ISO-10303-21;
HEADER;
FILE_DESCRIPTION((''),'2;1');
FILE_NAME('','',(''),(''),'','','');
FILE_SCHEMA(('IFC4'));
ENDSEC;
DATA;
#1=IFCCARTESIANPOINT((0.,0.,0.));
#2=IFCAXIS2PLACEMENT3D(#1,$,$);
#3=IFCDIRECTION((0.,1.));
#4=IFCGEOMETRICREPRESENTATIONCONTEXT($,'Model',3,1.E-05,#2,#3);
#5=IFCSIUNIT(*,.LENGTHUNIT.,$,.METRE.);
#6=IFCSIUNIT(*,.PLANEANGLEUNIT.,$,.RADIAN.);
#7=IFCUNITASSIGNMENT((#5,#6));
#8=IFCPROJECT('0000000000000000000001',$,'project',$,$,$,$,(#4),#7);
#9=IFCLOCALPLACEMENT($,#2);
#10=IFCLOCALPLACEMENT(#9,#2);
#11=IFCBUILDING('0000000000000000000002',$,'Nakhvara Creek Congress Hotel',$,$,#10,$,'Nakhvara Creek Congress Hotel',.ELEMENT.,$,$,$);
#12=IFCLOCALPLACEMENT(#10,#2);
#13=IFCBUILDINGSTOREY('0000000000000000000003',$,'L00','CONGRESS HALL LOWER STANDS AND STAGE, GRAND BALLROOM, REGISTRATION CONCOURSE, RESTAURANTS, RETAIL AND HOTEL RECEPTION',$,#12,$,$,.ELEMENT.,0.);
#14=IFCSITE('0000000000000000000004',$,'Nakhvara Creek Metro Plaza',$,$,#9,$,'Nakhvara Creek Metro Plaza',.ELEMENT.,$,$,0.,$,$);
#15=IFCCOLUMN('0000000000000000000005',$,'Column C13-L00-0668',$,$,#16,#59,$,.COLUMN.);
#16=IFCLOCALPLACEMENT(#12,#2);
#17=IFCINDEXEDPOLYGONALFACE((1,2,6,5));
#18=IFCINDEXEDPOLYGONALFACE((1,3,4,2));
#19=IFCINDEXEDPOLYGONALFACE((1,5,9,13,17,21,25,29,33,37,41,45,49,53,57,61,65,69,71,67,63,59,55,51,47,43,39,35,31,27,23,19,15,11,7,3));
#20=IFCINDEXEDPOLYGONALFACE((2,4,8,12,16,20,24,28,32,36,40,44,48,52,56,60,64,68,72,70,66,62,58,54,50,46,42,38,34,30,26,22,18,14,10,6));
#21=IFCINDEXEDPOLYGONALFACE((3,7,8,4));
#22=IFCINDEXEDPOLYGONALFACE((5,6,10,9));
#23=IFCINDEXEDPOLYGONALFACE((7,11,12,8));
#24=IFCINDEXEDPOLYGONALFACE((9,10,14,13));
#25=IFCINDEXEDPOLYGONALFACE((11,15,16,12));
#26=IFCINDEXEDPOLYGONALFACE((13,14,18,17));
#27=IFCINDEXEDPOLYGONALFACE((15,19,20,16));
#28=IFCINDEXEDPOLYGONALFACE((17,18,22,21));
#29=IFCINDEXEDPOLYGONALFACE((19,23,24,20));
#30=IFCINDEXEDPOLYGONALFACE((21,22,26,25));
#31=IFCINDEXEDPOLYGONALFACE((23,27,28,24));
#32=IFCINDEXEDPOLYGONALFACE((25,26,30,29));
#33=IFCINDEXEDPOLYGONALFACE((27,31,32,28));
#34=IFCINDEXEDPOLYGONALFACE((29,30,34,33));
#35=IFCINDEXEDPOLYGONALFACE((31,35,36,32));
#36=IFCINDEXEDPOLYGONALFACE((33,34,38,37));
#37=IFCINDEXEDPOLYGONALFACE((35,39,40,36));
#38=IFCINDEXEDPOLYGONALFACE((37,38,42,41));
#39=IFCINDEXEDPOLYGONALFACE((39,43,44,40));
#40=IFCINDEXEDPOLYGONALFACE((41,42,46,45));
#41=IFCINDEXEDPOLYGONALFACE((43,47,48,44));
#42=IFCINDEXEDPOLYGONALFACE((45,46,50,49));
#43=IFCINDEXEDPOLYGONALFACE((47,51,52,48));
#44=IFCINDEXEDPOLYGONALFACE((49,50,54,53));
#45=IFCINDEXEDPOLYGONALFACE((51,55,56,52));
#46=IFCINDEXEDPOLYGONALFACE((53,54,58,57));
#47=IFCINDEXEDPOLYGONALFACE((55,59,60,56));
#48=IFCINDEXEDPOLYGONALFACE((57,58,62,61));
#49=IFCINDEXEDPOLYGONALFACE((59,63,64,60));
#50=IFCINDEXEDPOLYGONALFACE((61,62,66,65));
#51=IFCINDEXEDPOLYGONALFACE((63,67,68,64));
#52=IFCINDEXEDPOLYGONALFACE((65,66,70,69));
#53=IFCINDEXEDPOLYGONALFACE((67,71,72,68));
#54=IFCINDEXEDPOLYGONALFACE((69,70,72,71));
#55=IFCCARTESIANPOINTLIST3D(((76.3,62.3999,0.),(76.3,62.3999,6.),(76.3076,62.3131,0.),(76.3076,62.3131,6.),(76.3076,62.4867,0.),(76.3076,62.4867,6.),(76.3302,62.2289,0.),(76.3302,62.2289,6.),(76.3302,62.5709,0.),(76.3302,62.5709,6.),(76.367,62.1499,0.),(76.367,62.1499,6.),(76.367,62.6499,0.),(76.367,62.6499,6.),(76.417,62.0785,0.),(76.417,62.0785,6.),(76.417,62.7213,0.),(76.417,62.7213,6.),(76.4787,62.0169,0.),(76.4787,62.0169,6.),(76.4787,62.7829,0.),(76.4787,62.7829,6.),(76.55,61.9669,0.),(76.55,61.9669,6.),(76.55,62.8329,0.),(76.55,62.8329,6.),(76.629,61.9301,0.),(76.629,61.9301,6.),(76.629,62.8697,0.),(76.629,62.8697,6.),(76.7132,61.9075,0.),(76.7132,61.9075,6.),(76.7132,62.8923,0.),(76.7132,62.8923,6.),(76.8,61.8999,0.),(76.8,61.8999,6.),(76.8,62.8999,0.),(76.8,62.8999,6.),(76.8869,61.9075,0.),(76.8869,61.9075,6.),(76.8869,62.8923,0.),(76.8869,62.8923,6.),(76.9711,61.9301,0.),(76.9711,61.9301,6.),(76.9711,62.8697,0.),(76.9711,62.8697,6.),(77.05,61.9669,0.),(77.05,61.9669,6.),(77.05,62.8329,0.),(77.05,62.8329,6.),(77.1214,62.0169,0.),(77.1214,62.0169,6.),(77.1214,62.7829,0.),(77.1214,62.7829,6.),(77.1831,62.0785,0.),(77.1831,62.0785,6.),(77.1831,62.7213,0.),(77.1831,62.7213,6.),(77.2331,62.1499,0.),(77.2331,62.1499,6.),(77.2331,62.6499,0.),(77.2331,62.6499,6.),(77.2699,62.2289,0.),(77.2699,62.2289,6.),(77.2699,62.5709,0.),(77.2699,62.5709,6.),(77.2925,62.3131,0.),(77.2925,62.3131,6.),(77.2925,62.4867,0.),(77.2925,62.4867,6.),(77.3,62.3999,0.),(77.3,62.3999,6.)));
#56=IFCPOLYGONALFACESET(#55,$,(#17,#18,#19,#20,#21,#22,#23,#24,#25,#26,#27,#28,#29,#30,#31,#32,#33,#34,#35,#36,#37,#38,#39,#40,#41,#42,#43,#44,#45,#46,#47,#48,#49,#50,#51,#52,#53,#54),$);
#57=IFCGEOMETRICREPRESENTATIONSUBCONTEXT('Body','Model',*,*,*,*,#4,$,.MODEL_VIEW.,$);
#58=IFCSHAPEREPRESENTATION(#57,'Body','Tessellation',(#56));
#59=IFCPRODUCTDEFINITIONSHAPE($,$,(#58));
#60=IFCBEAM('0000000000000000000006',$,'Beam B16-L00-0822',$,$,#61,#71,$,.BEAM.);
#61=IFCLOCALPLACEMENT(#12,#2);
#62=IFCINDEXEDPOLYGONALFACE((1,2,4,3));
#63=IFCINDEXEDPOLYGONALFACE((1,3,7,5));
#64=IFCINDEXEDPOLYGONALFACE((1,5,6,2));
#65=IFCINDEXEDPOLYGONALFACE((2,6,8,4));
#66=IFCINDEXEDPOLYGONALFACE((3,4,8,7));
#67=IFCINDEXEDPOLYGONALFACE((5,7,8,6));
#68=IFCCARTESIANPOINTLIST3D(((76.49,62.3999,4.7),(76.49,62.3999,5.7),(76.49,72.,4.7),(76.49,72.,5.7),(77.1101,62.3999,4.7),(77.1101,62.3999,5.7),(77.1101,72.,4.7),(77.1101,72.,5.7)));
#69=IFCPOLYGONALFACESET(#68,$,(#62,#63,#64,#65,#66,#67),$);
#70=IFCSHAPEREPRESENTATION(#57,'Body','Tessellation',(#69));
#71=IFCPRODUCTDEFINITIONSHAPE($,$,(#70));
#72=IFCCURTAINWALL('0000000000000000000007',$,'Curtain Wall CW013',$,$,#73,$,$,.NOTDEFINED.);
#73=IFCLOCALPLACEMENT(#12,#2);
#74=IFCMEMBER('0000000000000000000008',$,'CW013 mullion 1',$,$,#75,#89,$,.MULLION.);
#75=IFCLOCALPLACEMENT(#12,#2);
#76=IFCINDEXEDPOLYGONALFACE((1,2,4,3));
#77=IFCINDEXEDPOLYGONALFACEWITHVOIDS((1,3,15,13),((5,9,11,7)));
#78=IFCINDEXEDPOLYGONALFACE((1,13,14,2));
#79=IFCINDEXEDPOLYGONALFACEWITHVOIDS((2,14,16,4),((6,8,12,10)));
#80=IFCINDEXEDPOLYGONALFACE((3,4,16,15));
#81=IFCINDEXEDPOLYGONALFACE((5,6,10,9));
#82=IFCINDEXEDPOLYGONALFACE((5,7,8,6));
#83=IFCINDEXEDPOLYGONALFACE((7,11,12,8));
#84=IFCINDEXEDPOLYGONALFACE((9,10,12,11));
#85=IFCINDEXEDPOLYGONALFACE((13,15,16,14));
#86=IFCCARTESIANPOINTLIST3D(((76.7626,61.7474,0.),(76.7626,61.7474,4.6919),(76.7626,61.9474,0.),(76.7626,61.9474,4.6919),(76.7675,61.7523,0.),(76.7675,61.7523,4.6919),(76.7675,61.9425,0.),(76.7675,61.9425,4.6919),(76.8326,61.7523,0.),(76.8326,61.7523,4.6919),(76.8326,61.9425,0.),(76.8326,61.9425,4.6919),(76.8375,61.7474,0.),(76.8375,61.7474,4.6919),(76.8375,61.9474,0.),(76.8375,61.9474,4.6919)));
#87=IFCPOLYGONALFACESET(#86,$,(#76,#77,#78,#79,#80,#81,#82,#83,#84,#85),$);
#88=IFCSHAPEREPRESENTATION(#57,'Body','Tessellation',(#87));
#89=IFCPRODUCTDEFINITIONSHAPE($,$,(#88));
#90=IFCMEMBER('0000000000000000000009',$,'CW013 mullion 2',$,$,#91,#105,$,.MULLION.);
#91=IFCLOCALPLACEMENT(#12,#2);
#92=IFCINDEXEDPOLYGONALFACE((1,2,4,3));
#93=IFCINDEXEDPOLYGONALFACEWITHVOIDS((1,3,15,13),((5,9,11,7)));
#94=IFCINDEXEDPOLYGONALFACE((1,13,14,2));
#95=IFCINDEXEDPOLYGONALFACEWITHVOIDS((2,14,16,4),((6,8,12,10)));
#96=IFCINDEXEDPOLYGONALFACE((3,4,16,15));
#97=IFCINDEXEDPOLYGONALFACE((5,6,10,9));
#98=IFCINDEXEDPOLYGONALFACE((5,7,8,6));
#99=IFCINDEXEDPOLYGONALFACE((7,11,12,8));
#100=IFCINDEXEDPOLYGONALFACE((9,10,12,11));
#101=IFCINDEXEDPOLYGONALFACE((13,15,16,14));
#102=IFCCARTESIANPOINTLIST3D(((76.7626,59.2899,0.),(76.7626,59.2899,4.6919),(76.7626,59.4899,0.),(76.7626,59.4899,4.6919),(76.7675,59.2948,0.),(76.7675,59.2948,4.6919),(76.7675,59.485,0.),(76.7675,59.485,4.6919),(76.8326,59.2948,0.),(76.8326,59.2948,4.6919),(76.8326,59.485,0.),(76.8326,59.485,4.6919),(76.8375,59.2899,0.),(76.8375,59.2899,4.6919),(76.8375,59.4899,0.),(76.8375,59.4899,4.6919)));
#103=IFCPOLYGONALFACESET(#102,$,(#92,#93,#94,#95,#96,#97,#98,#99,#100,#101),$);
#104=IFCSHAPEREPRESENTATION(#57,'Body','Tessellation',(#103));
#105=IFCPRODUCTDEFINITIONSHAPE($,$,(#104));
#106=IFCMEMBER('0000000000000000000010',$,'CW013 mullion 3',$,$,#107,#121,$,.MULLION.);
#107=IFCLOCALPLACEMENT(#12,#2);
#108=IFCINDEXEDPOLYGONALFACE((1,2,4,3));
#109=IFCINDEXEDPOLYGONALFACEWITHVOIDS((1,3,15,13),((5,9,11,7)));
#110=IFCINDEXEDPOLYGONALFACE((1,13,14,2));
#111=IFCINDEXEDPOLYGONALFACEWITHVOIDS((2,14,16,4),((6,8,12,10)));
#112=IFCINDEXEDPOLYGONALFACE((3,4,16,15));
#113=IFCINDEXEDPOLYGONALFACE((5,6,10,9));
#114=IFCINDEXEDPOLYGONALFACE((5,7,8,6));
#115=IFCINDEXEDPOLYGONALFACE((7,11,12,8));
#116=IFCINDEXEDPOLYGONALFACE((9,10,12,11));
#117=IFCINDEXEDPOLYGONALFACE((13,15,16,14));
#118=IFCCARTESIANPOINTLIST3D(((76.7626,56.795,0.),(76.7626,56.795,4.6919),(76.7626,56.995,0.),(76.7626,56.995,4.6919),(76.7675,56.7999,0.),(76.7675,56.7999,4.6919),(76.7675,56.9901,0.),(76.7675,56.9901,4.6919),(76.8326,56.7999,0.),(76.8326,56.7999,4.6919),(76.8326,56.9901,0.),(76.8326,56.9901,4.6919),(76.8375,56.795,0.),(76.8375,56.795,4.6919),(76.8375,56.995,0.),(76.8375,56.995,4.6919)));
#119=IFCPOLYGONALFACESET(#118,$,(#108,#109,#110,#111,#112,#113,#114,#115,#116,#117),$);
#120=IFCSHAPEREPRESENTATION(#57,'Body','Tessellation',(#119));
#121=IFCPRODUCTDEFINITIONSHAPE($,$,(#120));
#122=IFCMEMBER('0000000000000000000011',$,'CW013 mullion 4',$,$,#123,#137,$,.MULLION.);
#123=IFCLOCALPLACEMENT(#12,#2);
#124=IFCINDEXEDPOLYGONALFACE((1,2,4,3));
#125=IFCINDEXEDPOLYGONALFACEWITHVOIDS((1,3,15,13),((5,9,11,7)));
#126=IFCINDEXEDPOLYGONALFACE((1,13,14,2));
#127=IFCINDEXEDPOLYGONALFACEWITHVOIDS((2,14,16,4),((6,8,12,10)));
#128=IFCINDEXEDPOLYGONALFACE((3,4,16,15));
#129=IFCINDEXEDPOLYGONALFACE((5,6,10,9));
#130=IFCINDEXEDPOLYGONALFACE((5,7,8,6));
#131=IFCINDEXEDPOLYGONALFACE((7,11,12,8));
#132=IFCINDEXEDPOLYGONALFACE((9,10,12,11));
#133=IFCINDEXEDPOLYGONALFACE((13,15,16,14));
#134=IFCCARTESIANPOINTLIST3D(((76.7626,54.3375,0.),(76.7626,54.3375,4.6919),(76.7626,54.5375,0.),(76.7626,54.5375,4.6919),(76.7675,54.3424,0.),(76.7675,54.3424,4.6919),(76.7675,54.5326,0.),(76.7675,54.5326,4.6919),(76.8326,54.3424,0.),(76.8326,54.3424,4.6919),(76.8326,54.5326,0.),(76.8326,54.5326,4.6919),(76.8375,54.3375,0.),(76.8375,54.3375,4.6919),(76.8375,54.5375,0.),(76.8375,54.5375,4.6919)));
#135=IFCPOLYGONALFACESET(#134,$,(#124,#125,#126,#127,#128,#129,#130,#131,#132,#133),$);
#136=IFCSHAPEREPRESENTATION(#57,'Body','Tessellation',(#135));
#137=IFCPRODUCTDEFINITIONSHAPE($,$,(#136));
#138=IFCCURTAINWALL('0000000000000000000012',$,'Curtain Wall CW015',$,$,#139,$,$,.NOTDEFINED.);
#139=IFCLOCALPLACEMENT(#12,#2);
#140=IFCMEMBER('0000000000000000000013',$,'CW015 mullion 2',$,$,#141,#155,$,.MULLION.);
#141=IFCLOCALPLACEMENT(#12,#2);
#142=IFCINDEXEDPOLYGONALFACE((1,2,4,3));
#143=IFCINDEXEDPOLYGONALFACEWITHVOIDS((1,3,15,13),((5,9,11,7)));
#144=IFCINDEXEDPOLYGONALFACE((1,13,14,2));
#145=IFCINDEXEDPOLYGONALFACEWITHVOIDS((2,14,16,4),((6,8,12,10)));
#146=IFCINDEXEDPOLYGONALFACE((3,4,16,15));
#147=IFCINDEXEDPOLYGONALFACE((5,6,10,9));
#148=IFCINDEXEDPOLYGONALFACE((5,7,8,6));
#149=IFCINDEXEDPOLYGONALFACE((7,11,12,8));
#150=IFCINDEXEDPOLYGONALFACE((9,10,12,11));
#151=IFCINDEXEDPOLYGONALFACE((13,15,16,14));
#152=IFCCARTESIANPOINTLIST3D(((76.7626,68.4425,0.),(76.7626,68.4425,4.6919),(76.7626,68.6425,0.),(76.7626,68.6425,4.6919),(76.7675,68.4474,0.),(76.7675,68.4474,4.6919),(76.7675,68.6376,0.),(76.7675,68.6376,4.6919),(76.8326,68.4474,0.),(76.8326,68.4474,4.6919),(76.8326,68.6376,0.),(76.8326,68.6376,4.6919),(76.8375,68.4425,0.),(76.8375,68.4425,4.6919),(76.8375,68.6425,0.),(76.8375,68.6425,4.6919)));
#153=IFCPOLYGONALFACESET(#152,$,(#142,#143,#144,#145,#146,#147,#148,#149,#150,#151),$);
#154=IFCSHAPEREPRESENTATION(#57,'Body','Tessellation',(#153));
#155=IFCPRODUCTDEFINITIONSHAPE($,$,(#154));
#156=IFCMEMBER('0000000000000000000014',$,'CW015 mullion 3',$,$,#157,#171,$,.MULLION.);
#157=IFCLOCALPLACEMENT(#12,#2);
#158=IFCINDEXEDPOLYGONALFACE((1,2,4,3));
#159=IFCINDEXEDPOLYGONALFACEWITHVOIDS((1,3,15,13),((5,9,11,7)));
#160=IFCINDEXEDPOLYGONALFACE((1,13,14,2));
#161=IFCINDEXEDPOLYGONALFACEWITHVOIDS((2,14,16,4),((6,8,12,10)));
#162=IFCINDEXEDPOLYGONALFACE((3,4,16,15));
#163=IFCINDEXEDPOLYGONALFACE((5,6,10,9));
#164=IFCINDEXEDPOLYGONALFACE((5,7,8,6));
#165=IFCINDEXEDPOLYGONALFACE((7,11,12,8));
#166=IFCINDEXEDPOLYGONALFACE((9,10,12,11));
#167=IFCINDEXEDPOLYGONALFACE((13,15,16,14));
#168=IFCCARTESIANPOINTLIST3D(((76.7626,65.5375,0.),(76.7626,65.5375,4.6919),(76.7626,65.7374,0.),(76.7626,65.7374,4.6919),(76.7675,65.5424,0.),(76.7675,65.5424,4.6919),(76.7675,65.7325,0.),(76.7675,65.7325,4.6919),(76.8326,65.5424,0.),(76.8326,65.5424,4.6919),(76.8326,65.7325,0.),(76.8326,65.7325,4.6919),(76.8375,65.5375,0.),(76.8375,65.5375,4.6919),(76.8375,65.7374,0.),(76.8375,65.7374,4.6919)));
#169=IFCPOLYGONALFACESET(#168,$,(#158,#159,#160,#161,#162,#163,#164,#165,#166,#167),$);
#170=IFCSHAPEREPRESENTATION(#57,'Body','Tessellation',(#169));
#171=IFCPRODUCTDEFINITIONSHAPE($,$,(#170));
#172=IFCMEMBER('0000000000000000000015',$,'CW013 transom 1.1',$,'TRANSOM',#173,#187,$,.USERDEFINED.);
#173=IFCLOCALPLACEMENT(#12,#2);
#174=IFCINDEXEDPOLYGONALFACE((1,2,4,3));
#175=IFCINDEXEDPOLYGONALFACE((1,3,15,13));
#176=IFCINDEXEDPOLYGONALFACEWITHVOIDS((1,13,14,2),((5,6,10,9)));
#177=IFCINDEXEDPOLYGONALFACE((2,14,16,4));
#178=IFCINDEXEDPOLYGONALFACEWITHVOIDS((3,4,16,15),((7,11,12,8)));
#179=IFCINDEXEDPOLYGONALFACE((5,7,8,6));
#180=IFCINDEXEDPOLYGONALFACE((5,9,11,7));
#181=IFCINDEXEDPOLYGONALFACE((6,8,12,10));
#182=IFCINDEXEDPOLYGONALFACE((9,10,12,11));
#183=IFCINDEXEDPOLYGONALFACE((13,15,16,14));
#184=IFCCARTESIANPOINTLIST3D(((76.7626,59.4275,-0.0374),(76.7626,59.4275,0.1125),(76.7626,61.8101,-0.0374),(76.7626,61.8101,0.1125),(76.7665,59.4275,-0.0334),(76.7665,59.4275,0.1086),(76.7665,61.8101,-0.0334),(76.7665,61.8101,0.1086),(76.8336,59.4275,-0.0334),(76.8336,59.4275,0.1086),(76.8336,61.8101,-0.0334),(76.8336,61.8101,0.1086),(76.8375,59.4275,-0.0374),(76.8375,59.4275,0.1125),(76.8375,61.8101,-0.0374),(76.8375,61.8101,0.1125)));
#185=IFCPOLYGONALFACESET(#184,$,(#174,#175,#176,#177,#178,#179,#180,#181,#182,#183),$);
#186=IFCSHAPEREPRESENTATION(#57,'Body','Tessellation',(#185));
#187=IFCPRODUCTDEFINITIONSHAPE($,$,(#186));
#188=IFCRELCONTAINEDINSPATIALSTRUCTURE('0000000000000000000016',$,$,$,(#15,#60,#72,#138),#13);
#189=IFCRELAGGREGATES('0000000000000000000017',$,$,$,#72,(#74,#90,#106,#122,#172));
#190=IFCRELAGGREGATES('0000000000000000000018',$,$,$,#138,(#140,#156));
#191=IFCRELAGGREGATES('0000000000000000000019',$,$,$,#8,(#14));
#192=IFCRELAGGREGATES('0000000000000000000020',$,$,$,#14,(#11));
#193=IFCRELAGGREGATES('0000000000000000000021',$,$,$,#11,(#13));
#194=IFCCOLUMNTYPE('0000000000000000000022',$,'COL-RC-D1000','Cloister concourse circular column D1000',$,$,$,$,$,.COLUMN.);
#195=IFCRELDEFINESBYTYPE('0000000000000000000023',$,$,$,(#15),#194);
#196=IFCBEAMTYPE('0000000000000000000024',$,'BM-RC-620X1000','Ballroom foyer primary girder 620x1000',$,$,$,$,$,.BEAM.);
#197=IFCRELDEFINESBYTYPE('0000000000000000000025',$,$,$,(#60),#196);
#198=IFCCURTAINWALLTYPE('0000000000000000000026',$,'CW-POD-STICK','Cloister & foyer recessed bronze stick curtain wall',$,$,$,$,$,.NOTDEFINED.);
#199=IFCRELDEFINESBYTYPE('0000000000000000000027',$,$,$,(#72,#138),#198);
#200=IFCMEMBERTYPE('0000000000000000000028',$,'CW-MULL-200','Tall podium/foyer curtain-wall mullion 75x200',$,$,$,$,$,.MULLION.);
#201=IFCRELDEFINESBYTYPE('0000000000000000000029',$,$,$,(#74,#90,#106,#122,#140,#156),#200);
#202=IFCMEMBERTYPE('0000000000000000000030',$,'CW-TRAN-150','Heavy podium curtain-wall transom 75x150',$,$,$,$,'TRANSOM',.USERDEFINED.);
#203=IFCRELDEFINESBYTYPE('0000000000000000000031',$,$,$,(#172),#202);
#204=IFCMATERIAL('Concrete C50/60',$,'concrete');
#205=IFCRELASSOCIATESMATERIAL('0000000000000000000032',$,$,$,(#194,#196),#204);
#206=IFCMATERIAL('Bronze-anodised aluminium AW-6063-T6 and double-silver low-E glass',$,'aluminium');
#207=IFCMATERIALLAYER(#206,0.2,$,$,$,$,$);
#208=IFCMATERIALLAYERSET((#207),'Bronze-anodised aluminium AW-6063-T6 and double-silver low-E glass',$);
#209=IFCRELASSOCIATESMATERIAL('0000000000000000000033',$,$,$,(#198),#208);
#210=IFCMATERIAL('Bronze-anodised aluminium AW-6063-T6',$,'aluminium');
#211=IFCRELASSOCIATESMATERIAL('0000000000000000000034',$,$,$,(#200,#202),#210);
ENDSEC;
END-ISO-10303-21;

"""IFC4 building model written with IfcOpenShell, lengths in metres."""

from ifc_helpers import new_model, si_unit, direction, frame, origin, origin_2d, place, context, subcontext, project, spatial, rectangle, hollow_rectangle, circle, extrude, material, layer, layer_set, material_profile, profile_set, type_object, element, aggregate, save


model = new_model("IFC4")

# Units and contexts
model_context = context("Model", 3, precision=1e-05, world=origin(), true_north=direction((0.0, 1.0)))
body_context = subcontext(model_context, "Body", "Model", "MODEL_VIEW")
ifc_project = project(units=[si_unit("LENGTHUNIT", "METRE"), si_unit("PLANEANGLEUNIT", "RADIAN")], contexts=[model_context])

# Site, building, storey
site_placement = place(None, origin())
site = spatial("IfcSite", under=ifc_project, at=site_placement, Name="Nakhvara Creek Metro Plaza", LongName="Nakhvara Creek Metro Plaza", CompositionType="ELEMENT", RefElevation=0.0)
building_placement = place(site_placement, origin())
building = spatial("IfcBuilding", under=site, at=building_placement, Name="Nakhvara Creek Congress Hotel", LongName="Nakhvara Creek Congress Hotel", CompositionType="ELEMENT")
storey_placement = place(building_placement, origin())
storey = spatial("IfcBuildingStorey", under=building, at=storey_placement, Name="L00", Description="CONGRESS HALL LOWER STANDS AND STAGE, GRAND BALLROOM, REGISTRATION CONCOURSE, RESTAURANTS, RETAIL AND HOTEL RECEPTION", CompositionType="ELEMENT", Elevation=0.0)

# Column
ifc_material_1 = material(Name="Concrete C50/60", Category="concrete")
ifc_material_profile_1 = material_profile(ifc_material_1, circle(Radius=0.5, at=origin_2d()), Name="RC-COL D1000", Category="LoadBearing")
ifc_profile_set_1 = profile_set([ifc_material_profile_1], Name="Concrete C50/60")
column_type = type_object("IfcColumnType", Name="COL-RC-D1000", Description="Cloister concourse circular column D1000", PredefinedType="COLUMN", material=ifc_profile_set_1)
column_placement = place(storey_placement, frame((76.8, 62.3999, 0.0), z_axis=(0.0, 0.0, 1.0), x_axis=(1.0, 0.0, 0.0)))
element("IfcColumn", 1, at=column_placement, inside=storey, type_object=column_type, Name="Column C13-L00-0668", PredefinedType="COLUMN", context=body_context, shape_type="SweptSolid", body=[
    extrude(circle(Radius=0.5, at=origin_2d()), origin(), (0.0, 0.0, 1.0), 6.0),
])

# Beam
ifc_material_profile_2 = material_profile(ifc_material_1, rectangle(XDim=0.6201, YDim=1.0, at=origin_2d()), Name="RC-BM 620x1000", Category="LoadBearing")
ifc_profile_set_2 = profile_set([ifc_material_profile_2], Name="Concrete C50/60")
beam_type = type_object("IfcBeamType", Name="BM-RC-620X1000", Description="Ballroom foyer primary girder 620x1000", PredefinedType="BEAM", material=ifc_profile_set_2)
beam_placement = place(storey_placement, frame((76.8, 62.3999, 5.2), z_axis=(0.0, 1.0, 0.0), x_axis=(-1.0, 0.0, 0.0)))
element("IfcBeam", 2, at=beam_placement, inside=storey, type_object=beam_type, Name="Beam B16-L00-0822", PredefinedType="BEAM", context=body_context, shape_type="SweptSolid", body=[
    extrude(rectangle(XDim=0.6201, YDim=1.0, at=origin_2d()), origin(), (0.0, 0.0, 1.0), 9.6001),
])

# Curtain walls, members
ifc_material_2 = material(Name="Bronze-anodised aluminium AW-6063-T6 and double-silver low-E glass", Category="aluminium")
ifc_layer = layer(ifc_material_2, 0.2)
ifc_layer_set = layer_set([ifc_layer], Name="Bronze-anodised aluminium AW-6063-T6 and double-silver low-E glass")
curtain_wall_type = type_object("IfcCurtainWallType", Name="CW-POD-STICK", Description="Cloister & foyer recessed bronze stick curtain wall", PredefinedType="NOTDEFINED", material=ifc_layer_set)
curtain_wall_1_placement = place(storey_placement, origin())
curtain_wall_1 = element("IfcCurtainWall", 3, at=curtain_wall_1_placement, inside=storey, type_object=curtain_wall_type, Name="Curtain Wall CW013", PredefinedType="NOTDEFINED")
ifc_material_3 = material(Name="Bronze-anodised aluminium AW-6063-T6", Category="aluminium")
ifc_material_profile_3 = material_profile(ifc_material_3, hollow_rectangle(XDim=0.075, YDim=0.2, WallThickness=0.0049, at=origin_2d()), Name="ALU-MULL 75x200x5", Category="LoadBearing")
ifc_profile_set_3 = profile_set([ifc_material_profile_3], Name="Bronze-anodised aluminium AW-6063-T6")
member_type_1 = type_object("IfcMemberType", Name="CW-MULL-200", Description="Tall podium/foyer curtain-wall mullion 75x200", PredefinedType="MULLION", material=ifc_profile_set_3)
member_1_placement = place(storey_placement, frame((76.8, 61.8474, 0.0), z_axis=(0.0, 0.0, 1.0), x_axis=(1.0, 0.0, 0.0)))
member_1 = element("IfcMember", 4, at=member_1_placement, type_object=member_type_1, Name="CW013 mullion 1", PredefinedType="MULLION", context=body_context, shape_type="SweptSolid", body=[
    extrude(hollow_rectangle(XDim=0.075, YDim=0.2, WallThickness=0.0049, at=origin_2d()), origin(), (0.0, 0.0, 1.0), 4.6919),
])
member_2_placement = place(storey_placement, frame((76.8, 59.3899, 0.0), z_axis=(0.0, 0.0, 1.0), x_axis=(1.0, 0.0, 0.0)))
member_2 = element("IfcMember", 5, at=member_2_placement, type_object=member_type_1, Name="CW013 mullion 2", PredefinedType="MULLION", context=body_context, shape_type="SweptSolid", body=[
    extrude(hollow_rectangle(XDim=0.075, YDim=0.2, WallThickness=0.0049, at=origin_2d()), origin(), (0.0, 0.0, 1.0), 4.6919),
])
member_3_placement = place(storey_placement, frame((76.8, 56.895, 0.0), z_axis=(0.0, 0.0, 1.0), x_axis=(1.0, 0.0, 0.0)))
member_3 = element("IfcMember", 6, at=member_3_placement, type_object=member_type_1, Name="CW013 mullion 3", PredefinedType="MULLION", context=body_context, shape_type="SweptSolid", body=[
    extrude(hollow_rectangle(XDim=0.075, YDim=0.2, WallThickness=0.0049, at=origin_2d()), origin(), (0.0, 0.0, 1.0), 4.6919),
])
member_4_placement = place(storey_placement, frame((76.8, 54.4375, 0.0), z_axis=(0.0, 0.0, 1.0), x_axis=(1.0, 0.0, 0.0)))
member_4 = element("IfcMember", 7, at=member_4_placement, type_object=member_type_1, Name="CW013 mullion 4", PredefinedType="MULLION", context=body_context, shape_type="SweptSolid", body=[
    extrude(hollow_rectangle(XDim=0.075, YDim=0.2, WallThickness=0.0049, at=origin_2d()), origin(), (0.0, 0.0, 1.0), 4.6919),
])
curtain_wall_2_placement = place(storey_placement, origin())
curtain_wall_2 = element("IfcCurtainWall", 8, at=curtain_wall_2_placement, inside=storey, type_object=curtain_wall_type, Name="Curtain Wall CW015", PredefinedType="NOTDEFINED")
member_5_placement = place(storey_placement, frame((76.8, 68.5425, 0.0), z_axis=(0.0, 0.0, 1.0), x_axis=(1.0, 0.0, 0.0)))
member_5 = element("IfcMember", 9, at=member_5_placement, type_object=member_type_1, Name="CW015 mullion 2", PredefinedType="MULLION", context=body_context, shape_type="SweptSolid", body=[
    extrude(hollow_rectangle(XDim=0.075, YDim=0.2, WallThickness=0.0049, at=origin_2d()), origin(), (0.0, 0.0, 1.0), 4.6919),
])
member_6_placement = place(storey_placement, frame((76.8, 65.6375, 0.0), z_axis=(0.0, 0.0, 1.0), x_axis=(1.0, 0.0, 0.0)))
member_6 = element("IfcMember", 10, at=member_6_placement, type_object=member_type_1, Name="CW015 mullion 3", PredefinedType="MULLION", context=body_context, shape_type="SweptSolid", body=[
    extrude(hollow_rectangle(XDim=0.075, YDim=0.2, WallThickness=0.0049, at=origin_2d()), origin(), (0.0, 0.0, 1.0), 4.6919),
])

# Member
ifc_material_profile_4 = material_profile(ifc_material_3, hollow_rectangle(XDim=0.075, YDim=0.1499, WallThickness=0.0039, at=origin_2d()), Name="ALU-TRAN 75x150x4", Category="LoadBearing")
ifc_profile_set_4 = profile_set([ifc_material_profile_4], Name="Bronze-anodised aluminium AW-6063-T6")
member_type_2 = type_object("IfcMemberType", Name="CW-TRAN-150", Description="Heavy podium curtain-wall transom 75x150", ElementType="TRANSOM", PredefinedType="USERDEFINED", material=ifc_profile_set_4)
member_7_placement = place(storey_placement, frame((76.8, 61.8101, 0.0376), z_axis=(0.0, -1.0, 0.0), x_axis=(1.0, 0.0, 0.0)))
member_7 = element("IfcMember", 11, at=member_7_placement, type_object=member_type_2, Name="CW013 transom 1.1", ObjectType="TRANSOM", PredefinedType="USERDEFINED", context=body_context, shape_type="SweptSolid", body=[
    extrude(hollow_rectangle(XDim=0.075, YDim=0.1499, WallThickness=0.0039, at=origin_2d()), origin(), (0.0, 0.0, 1.0), 2.3826),
])

aggregate(curtain_wall_1, [member_1, member_2, member_3, member_4, member_7])
aggregate(curtain_wall_2, [member_5, member_6])

save(model, "model.ifc")
